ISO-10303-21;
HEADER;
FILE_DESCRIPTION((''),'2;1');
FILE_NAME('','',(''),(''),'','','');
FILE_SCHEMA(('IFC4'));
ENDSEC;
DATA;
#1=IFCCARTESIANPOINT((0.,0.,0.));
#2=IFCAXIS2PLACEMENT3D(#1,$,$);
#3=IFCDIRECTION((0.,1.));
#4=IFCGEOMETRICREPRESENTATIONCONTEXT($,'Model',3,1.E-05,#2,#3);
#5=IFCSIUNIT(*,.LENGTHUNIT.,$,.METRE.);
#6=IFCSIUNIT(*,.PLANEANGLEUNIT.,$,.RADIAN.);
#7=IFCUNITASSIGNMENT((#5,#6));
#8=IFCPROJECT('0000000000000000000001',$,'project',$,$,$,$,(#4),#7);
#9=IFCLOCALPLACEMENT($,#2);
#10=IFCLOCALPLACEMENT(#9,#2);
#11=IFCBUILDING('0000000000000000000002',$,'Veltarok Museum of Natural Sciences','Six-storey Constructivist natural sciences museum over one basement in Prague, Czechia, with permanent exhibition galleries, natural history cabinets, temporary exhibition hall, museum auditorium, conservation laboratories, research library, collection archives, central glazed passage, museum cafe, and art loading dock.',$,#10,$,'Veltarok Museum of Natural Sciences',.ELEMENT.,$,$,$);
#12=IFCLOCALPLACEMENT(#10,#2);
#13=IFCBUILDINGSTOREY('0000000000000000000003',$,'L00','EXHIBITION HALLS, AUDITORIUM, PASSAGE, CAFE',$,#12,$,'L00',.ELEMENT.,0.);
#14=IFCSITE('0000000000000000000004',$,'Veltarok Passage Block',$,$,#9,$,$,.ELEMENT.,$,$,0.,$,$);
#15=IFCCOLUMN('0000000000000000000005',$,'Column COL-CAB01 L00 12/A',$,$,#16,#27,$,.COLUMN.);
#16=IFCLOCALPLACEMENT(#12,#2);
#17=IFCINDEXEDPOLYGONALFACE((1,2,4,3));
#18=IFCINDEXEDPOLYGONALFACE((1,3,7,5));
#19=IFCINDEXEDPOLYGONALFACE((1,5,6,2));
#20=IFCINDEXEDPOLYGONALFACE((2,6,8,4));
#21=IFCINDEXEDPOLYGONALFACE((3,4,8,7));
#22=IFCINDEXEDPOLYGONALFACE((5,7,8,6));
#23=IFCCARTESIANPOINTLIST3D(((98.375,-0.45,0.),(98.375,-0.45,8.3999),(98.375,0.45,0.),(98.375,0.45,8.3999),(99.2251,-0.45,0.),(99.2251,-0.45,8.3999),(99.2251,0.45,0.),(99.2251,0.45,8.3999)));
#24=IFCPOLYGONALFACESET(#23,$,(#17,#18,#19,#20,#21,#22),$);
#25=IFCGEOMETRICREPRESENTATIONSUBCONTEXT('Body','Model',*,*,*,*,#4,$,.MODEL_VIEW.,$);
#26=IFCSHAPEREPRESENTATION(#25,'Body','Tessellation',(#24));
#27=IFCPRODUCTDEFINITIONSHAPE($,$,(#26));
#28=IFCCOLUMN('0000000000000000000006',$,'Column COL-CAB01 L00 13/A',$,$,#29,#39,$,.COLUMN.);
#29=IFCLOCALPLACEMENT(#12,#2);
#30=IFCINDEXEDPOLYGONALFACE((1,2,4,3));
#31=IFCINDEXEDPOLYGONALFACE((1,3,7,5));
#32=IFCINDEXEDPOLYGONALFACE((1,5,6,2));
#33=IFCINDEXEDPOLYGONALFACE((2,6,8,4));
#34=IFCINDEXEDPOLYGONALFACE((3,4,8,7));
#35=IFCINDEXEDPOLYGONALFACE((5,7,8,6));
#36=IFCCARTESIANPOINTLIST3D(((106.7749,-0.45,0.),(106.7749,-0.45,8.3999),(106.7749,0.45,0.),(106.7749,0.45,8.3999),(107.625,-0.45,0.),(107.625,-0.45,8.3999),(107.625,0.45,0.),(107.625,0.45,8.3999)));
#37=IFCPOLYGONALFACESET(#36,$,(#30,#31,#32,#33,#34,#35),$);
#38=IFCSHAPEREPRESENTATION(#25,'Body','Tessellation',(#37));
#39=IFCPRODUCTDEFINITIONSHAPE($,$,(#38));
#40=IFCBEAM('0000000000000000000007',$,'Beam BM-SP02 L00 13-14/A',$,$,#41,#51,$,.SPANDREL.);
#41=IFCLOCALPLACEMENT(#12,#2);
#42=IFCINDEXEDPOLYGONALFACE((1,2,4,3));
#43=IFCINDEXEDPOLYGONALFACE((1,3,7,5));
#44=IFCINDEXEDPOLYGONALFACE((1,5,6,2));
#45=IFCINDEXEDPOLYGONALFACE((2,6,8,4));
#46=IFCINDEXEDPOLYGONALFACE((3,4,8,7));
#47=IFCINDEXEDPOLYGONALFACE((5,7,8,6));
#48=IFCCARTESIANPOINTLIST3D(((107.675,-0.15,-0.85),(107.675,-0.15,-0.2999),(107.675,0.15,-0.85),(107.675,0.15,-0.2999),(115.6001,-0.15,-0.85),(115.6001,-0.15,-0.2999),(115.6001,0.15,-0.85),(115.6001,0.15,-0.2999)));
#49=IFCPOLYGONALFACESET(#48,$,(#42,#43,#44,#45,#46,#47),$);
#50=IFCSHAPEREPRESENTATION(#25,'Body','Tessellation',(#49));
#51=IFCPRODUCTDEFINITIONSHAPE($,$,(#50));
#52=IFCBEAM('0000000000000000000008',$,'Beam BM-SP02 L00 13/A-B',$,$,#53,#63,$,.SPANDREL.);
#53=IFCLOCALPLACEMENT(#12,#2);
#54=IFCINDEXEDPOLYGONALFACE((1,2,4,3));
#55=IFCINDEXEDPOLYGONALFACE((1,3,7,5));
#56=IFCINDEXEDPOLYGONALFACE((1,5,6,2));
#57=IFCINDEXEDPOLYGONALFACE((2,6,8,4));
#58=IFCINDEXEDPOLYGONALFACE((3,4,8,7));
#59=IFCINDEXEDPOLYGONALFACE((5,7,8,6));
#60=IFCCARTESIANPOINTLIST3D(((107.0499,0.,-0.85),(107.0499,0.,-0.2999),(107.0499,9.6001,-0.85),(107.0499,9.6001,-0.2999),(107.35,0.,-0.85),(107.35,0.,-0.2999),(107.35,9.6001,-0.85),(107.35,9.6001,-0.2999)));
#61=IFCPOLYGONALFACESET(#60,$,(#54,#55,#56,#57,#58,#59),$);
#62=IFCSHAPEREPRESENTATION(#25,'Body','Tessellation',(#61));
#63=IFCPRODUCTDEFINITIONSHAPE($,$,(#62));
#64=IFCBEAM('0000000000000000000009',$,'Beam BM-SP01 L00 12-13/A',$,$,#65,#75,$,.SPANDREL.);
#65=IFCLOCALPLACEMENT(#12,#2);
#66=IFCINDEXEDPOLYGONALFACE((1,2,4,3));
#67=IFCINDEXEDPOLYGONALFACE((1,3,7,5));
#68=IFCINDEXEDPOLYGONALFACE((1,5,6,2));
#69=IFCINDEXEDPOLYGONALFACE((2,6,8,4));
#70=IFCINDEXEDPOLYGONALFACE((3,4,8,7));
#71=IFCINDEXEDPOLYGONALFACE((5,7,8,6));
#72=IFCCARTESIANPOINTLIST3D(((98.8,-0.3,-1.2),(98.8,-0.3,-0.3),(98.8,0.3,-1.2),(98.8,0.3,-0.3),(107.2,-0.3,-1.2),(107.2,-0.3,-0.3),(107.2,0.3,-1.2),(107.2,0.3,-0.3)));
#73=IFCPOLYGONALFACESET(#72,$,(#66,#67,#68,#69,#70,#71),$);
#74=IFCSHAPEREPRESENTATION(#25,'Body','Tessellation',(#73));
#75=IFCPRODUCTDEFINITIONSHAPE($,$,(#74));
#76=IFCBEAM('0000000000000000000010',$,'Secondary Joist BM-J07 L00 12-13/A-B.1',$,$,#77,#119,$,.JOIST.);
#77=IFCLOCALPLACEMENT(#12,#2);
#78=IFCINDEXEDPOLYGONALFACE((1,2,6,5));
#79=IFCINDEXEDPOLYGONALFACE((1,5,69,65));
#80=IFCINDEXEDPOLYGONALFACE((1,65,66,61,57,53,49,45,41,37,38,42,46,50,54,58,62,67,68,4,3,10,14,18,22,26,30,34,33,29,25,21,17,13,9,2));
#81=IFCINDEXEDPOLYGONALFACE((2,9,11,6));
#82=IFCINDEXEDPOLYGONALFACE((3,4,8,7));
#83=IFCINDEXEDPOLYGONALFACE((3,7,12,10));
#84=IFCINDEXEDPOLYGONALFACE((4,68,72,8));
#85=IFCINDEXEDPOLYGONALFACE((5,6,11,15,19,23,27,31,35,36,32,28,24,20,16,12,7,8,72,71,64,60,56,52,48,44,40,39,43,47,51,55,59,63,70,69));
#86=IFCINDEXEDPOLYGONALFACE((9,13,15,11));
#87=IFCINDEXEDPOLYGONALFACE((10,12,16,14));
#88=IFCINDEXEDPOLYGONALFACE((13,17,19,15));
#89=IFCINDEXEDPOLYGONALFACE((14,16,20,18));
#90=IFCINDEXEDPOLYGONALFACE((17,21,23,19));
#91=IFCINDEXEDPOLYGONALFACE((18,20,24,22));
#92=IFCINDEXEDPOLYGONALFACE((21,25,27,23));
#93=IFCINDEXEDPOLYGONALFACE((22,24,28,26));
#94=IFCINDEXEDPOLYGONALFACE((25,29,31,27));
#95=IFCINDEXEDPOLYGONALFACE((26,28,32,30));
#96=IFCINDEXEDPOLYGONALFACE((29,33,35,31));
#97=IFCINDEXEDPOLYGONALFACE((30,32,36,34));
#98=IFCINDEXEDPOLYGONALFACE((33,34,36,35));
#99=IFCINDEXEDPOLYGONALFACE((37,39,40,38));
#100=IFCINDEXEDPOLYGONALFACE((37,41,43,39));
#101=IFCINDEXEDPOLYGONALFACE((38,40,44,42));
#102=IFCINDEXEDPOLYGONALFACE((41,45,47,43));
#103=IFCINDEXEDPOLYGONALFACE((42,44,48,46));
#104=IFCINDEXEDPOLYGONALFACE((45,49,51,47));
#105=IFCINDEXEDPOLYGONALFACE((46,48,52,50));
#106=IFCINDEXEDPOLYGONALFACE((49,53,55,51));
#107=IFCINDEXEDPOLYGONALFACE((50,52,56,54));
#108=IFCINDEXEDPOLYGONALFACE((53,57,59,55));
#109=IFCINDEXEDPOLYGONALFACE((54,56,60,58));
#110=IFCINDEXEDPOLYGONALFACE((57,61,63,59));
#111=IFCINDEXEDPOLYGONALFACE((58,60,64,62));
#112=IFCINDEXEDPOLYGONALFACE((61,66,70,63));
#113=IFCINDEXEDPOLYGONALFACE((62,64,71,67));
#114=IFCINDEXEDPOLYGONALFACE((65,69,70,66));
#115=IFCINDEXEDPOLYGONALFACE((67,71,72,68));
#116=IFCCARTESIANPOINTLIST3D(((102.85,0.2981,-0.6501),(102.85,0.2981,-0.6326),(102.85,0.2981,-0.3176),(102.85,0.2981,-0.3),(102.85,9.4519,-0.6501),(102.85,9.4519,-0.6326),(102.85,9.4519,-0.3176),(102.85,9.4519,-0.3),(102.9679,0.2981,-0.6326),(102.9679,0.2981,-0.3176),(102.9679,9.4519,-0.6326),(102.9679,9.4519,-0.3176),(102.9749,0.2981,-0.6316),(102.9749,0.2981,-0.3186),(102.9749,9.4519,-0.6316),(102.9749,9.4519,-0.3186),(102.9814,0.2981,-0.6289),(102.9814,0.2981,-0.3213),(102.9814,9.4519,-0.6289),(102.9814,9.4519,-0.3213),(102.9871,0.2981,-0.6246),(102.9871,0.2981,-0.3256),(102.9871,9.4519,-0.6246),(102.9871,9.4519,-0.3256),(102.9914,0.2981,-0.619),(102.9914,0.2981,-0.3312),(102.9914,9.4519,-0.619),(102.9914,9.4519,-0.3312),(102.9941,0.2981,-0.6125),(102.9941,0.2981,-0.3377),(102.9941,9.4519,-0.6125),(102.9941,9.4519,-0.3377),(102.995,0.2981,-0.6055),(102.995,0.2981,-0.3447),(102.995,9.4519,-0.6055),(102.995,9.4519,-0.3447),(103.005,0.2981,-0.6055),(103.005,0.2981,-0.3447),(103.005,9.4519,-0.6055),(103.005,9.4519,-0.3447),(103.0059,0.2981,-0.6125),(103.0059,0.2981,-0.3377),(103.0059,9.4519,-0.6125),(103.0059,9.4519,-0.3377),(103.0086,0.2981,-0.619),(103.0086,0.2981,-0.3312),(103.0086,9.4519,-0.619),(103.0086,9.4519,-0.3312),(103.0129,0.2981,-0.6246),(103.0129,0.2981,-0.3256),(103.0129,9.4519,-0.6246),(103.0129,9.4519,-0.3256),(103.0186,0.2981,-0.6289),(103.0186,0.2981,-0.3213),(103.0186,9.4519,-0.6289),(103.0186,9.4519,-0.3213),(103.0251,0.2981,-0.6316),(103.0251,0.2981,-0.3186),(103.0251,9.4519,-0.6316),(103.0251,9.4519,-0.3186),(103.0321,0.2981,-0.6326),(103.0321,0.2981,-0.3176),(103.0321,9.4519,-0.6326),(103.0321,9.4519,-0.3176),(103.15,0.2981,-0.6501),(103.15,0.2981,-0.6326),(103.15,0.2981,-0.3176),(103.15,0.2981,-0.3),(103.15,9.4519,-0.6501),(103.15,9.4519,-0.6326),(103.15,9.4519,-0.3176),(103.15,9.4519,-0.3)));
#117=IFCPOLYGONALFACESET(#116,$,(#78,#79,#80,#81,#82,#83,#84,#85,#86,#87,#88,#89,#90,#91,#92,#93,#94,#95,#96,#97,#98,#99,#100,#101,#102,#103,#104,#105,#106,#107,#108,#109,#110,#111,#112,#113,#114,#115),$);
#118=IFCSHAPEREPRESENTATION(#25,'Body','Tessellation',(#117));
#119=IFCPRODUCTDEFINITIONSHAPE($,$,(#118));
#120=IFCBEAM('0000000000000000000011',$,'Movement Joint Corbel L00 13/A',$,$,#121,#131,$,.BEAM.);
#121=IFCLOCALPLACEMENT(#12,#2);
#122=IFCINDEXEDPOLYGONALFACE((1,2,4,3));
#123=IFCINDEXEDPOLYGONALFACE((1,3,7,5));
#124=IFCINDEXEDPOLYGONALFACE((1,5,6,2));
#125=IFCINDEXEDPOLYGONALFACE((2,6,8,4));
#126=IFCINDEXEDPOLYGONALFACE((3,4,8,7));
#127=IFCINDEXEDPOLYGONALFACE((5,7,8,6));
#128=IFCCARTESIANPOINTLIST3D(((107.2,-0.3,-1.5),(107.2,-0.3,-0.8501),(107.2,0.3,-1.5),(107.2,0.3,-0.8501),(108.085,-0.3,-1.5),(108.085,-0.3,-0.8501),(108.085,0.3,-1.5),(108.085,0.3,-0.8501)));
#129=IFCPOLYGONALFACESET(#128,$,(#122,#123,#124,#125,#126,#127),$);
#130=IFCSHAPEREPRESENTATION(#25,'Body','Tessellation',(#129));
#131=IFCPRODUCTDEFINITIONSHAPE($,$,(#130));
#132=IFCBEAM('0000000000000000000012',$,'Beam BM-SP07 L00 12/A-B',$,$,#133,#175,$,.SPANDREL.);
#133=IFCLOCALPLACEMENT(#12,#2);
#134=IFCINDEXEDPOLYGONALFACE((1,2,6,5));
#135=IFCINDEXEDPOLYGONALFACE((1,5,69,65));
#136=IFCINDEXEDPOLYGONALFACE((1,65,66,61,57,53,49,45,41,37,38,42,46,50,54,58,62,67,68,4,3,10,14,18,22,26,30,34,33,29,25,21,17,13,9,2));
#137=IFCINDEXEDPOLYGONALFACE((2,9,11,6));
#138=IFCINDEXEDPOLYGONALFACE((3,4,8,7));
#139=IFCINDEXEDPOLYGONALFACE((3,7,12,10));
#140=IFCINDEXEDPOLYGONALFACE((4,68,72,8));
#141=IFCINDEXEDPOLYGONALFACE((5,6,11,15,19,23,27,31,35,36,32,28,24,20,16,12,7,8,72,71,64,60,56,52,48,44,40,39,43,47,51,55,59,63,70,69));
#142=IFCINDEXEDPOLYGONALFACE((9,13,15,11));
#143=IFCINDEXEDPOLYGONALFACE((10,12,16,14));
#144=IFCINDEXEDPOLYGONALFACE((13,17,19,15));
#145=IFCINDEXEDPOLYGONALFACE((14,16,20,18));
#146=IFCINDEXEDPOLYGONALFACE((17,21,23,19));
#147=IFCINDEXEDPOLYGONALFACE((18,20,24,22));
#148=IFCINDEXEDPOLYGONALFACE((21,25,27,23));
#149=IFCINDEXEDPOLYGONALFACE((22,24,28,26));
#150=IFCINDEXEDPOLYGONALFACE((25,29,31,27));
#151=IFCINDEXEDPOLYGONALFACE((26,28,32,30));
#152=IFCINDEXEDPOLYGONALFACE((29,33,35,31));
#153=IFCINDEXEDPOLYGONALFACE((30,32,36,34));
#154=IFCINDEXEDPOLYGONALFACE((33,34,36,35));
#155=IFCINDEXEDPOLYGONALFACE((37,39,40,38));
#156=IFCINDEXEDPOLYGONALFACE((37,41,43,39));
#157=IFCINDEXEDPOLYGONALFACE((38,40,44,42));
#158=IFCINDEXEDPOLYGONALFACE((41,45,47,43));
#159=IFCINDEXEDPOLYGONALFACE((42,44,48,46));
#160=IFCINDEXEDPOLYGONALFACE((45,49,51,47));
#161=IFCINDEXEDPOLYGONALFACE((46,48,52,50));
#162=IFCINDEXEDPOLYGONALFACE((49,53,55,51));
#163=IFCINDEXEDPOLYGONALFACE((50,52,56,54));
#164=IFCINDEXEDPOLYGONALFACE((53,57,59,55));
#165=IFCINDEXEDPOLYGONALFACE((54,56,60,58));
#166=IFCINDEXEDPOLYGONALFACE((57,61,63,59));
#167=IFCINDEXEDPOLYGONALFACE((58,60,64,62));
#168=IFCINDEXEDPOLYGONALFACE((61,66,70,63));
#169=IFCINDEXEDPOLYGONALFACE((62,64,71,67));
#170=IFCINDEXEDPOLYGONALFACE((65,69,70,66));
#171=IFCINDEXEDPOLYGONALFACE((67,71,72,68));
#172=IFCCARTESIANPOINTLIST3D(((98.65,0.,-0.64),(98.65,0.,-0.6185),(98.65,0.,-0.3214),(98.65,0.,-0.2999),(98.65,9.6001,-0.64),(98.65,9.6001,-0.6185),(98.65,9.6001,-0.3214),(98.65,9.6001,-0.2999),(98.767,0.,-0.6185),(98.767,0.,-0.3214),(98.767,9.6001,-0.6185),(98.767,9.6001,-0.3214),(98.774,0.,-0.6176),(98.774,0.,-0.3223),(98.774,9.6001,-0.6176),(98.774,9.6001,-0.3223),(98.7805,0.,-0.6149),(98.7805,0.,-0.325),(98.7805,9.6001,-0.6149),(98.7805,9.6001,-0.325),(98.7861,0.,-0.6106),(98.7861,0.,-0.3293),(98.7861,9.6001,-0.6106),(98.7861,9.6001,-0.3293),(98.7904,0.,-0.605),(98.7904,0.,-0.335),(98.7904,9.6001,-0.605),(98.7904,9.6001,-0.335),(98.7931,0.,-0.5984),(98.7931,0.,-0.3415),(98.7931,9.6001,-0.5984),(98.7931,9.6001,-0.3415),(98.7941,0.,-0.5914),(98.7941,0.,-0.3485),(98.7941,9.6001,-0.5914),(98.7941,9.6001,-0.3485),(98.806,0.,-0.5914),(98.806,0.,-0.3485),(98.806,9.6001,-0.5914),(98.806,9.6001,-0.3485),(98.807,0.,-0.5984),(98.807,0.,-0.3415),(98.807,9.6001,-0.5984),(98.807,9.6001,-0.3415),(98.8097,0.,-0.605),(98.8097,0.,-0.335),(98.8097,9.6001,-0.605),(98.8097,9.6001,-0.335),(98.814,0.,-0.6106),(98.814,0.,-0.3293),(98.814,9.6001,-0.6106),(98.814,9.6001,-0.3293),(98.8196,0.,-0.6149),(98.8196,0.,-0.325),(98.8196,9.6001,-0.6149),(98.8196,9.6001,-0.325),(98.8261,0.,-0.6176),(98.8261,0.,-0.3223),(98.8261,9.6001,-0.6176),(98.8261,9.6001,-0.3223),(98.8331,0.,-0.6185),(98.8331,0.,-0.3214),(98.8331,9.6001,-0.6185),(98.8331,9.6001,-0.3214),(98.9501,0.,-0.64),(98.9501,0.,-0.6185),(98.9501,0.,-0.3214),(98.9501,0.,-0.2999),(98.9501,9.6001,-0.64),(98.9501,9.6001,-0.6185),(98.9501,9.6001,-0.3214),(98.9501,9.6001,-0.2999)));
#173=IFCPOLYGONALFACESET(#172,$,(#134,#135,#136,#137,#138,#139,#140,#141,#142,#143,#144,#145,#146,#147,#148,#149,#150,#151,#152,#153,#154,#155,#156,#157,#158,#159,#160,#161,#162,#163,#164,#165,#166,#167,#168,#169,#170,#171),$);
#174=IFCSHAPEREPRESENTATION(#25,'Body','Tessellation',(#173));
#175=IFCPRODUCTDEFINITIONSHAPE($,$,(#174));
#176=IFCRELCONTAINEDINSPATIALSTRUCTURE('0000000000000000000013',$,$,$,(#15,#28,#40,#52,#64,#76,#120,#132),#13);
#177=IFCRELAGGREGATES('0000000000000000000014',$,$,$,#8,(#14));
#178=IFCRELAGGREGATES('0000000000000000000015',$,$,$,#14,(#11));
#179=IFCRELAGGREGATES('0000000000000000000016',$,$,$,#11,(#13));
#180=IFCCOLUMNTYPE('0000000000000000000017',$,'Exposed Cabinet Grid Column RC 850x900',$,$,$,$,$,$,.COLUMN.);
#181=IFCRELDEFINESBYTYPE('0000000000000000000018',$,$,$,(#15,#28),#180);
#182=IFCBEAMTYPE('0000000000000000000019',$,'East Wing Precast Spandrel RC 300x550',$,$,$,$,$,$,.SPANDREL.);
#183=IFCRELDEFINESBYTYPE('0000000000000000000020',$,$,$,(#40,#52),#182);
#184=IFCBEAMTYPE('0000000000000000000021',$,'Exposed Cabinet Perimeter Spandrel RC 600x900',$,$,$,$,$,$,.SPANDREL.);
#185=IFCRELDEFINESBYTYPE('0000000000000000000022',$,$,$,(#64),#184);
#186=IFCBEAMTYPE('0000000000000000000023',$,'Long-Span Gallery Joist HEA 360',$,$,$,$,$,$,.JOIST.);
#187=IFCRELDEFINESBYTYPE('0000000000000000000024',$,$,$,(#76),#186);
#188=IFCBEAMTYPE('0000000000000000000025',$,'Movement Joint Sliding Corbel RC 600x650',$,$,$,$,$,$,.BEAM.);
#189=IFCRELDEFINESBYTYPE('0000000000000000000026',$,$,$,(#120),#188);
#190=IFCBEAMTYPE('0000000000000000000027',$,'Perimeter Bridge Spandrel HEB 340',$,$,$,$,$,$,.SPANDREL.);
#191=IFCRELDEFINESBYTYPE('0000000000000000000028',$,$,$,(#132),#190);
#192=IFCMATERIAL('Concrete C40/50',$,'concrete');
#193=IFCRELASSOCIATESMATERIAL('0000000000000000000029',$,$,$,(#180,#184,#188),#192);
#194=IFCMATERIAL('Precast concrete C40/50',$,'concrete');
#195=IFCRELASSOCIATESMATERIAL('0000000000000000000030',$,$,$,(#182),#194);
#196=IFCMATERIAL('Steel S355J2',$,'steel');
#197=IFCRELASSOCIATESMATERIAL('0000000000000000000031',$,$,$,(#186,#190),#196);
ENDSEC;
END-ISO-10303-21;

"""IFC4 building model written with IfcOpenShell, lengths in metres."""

from ifc_helpers import new_model, si_unit, direction, frame, origin, origin_2d, place, context, subcontext, project, spatial, rectangle, i_section, extrude, material, material_profile, profile_set, type_object, element, save


model = new_model("IFC4")

# Units and contexts
model_context = context("Model", 3, precision=1e-05, world=origin(), true_north=direction((0.0, 1.0)))
body_context = subcontext(model_context, "Body", "Model", "MODEL_VIEW")
ifc_project = project(units=[si_unit("LENGTHUNIT", "METRE"), si_unit("PLANEANGLEUNIT", "RADIAN")], contexts=[model_context])

# Site, building, storey
site_placement = place(None, origin())
site = spatial("IfcSite", under=ifc_project, at=site_placement, Name="Veltarok Passage Block", CompositionType="ELEMENT", RefElevation=0.0)
building_placement = place(site_placement, origin())
building = spatial("IfcBuilding", under=site, at=building_placement, Name="Veltarok Museum of Natural Sciences", Description="Six-storey Constructivist natural sciences museum over one basement in Prague, Czechia, with permanent exhibition galleries, natural history cabinets, temporary exhibition hall, museum auditorium, conservation laboratories, research library, collection archives, central glazed passage, museum cafe, and art loading dock.", LongName="Veltarok Museum of Natural Sciences", CompositionType="ELEMENT")
storey_placement = place(building_placement, origin())
storey = spatial("IfcBuildingStorey", under=building, at=storey_placement, Name="L00", Description="EXHIBITION HALLS, AUDITORIUM, PASSAGE, CAFE", LongName="L00", CompositionType="ELEMENT", Elevation=0.0)

# Columns
ifc_material_1 = material(Name="Concrete C40/50", Category="concrete")
ifc_material_profile_1 = material_profile(ifc_material_1, rectangle(XDim=0.8501, YDim=0.8999, at=origin_2d()), Name="RC 850x900")
ifc_profile_set_1 = profile_set([ifc_material_profile_1], Name="Concrete C40/50")
column_type = type_object("IfcColumnType", Name="Exposed Cabinet Grid Column RC 850x900", PredefinedType="COLUMN", material=ifc_profile_set_1)
for number, where, z_axis, x_axis, name in (
    (1, (98.8, 0.0, 0.0), (0.0, 0.0, 1.0), (1.0, 0.0, 0.0), "Column COL-CAB01 L00 12/A"),
    (2, (107.2, 0.0, 0.0), (0.0, 0.0, 1.0), (1.0, 0.0, 0.0), "Column COL-CAB01 L00 13/A"),
):
    element("IfcColumn", number, at=place(storey_placement, frame(where, z_axis=z_axis, x_axis=x_axis)), inside=storey, type_object=column_type, Name=name, PredefinedType="COLUMN", context=body_context, shape_type="SweptSolid", body=[
        extrude(rectangle(XDim=0.8501, YDim=0.8999, at=origin_2d()), origin(), (0.0, 0.0, 1.0), 8.3999),
    ])

# Beams
ifc_material_2 = material(Name="Precast concrete C40/50", Category="concrete")
ifc_material_profile_2 = material_profile(ifc_material_2, rectangle(XDim=0.3, YDim=0.55, at=origin_2d()), Name="RC 300x550")
ifc_profile_set_2 = profile_set([ifc_material_profile_2], Name="Precast concrete C40/50")
beam_type_1 = type_object("IfcBeamType", Name="East Wing Precast Spandrel RC 300x550", PredefinedType="SPANDREL", material=ifc_profile_set_2)
beam_1_placement = place(storey_placement, frame((107.675, 0.0, -0.575), z_axis=(1.0, 0.0, 0.0), x_axis=(0.0, 1.0, 0.0)))
element("IfcBeam", 3, at=beam_1_placement, inside=storey, type_object=beam_type_1, Name="Beam BM-SP02 L00 13-14/A", PredefinedType="SPANDREL", context=body_context, shape_type="SweptSolid", body=[
    extrude(rectangle(XDim=0.3, YDim=0.55, at=origin_2d()), origin(), (0.0, 0.0, 1.0), 7.925),
])
beam_2_placement = place(storey_placement, frame((107.2, 0.0, -0.575), z_axis=(0.0, 1.0, 0.0), x_axis=(-1.0, 0.0, 0.0)))
element("IfcBeam", 4, at=beam_2_placement, inside=storey, type_object=beam_type_1, Name="Beam BM-SP02 L00 13/A-B", PredefinedType="SPANDREL", context=body_context, shape_type="SweptSolid", body=[
    extrude(rectangle(XDim=0.3, YDim=0.55, at=origin_2d()), origin(), (0.0, 0.0, 1.0), 9.6001),
])
ifc_material_profile_3 = material_profile(ifc_material_1, rectangle(XDim=0.6001, YDim=0.8999, at=origin_2d()), Name="RC 600x900")
ifc_profile_set_3 = profile_set([ifc_material_profile_3], Name="Concrete C40/50")
beam_type_2 = type_object("IfcBeamType", Name="Exposed Cabinet Perimeter Spandrel RC 600x900", PredefinedType="SPANDREL", material=ifc_profile_set_3)
beam_3_placement = place(storey_placement, frame((98.8, 0.0, -0.75), z_axis=(1.0, 0.0, 0.0), x_axis=(0.0, 1.0, 0.0)))
element("IfcBeam", 5, at=beam_3_placement, inside=storey, type_object=beam_type_2, Name="Beam BM-SP01 L00 12-13/A", PredefinedType="SPANDREL", context=body_context, shape_type="SweptSolid", body=[
    extrude(rectangle(XDim=0.6001, YDim=0.8999, at=origin_2d()), origin(), (0.0, 0.0, 1.0), 8.3999),
])
ifc_material_3 = material(Name="Steel S355J2", Category="steel")
ifc_material_profile_4 = material_profile(ifc_material_3, i_section(OverallWidth=0.3, OverallDepth=0.3501, WebThickness=0.01, FlangeThickness=0.0176, FilletRadius=0.0271, at=origin_2d()), Name="HEA 360")
ifc_profile_set_4 = profile_set([ifc_material_profile_4], Name="Steel S355J2")
beam_type_3 = type_object("IfcBeamType", Name="Long-Span Gallery Joist HEA 360", PredefinedType="JOIST", material=ifc_profile_set_4)
beam_4_placement = place(storey_placement, frame((103.0, 0.2981, -0.4751), z_axis=(0.0, 1.0, 0.0), x_axis=(-1.0, 0.0, 0.0)))
element("IfcBeam", 6, at=beam_4_placement, inside=storey, type_object=beam_type_3, Name="Secondary Joist BM-J07 L00 12-13/A-B.1", PredefinedType="JOIST", context=body_context, shape_type="SweptSolid", body=[
    extrude(i_section(OverallWidth=0.3, OverallDepth=0.3501, WebThickness=0.01, FlangeThickness=0.0176, FilletRadius=0.0271, at=origin_2d()), origin(), (0.0, 0.0, 1.0), 9.1538),
])
ifc_material_profile_5 = material_profile(ifc_material_1, rectangle(XDim=0.6001, YDim=0.6499, at=origin_2d()), Name="RC 600x650")
ifc_profile_set_5 = profile_set([ifc_material_profile_5], Name="Concrete C40/50")
beam_type_4 = type_object("IfcBeamType", Name="Movement Joint Sliding Corbel RC 600x650", PredefinedType="BEAM", material=ifc_profile_set_5)
beam_5_placement = place(storey_placement, frame((107.2, 0.0, -1.175), z_axis=(1.0, 0.0, 0.0), x_axis=(0.0, 1.0, 0.0)))
element("IfcBeam", 7, at=beam_5_placement, inside=storey, type_object=beam_type_4, Name="Movement Joint Corbel L00 13/A", PredefinedType="BEAM", context=body_context, shape_type="SweptSolid", body=[
    extrude(rectangle(XDim=0.6001, YDim=0.6499, at=origin_2d()), origin(), (0.0, 0.0, 1.0), 0.885),
])
ifc_material_profile_6 = material_profile(ifc_material_3, i_section(OverallWidth=0.3, OverallDepth=0.3401, WebThickness=0.012, FlangeThickness=0.0215, FilletRadius=0.0271, at=origin_2d()), Name="HEB 340")
ifc_profile_set_6 = profile_set([ifc_material_profile_6], Name="Steel S355J2")
beam_type_5 = type_object("IfcBeamType", Name="Perimeter Bridge Spandrel HEB 340", PredefinedType="SPANDREL", material=ifc_profile_set_6)
beam_6_placement = place(storey_placement, frame((98.8, 0.0, -0.47), z_axis=(0.0, 1.0, 0.0), x_axis=(-1.0, 0.0, 0.0)))
element("IfcBeam", 8, at=beam_6_placement, inside=storey, type_object=beam_type_5, Name="Beam BM-SP07 L00 12/A-B", PredefinedType="SPANDREL", context=body_context, shape_type="SweptSolid", body=[
    extrude(i_section(OverallWidth=0.3, OverallDepth=0.3401, WebThickness=0.012, FlangeThickness=0.0215, FilletRadius=0.0271, at=origin_2d()), origin(), (0.0, 0.0, 1.0), 9.6001),
])

save(model, "model.ifc")
